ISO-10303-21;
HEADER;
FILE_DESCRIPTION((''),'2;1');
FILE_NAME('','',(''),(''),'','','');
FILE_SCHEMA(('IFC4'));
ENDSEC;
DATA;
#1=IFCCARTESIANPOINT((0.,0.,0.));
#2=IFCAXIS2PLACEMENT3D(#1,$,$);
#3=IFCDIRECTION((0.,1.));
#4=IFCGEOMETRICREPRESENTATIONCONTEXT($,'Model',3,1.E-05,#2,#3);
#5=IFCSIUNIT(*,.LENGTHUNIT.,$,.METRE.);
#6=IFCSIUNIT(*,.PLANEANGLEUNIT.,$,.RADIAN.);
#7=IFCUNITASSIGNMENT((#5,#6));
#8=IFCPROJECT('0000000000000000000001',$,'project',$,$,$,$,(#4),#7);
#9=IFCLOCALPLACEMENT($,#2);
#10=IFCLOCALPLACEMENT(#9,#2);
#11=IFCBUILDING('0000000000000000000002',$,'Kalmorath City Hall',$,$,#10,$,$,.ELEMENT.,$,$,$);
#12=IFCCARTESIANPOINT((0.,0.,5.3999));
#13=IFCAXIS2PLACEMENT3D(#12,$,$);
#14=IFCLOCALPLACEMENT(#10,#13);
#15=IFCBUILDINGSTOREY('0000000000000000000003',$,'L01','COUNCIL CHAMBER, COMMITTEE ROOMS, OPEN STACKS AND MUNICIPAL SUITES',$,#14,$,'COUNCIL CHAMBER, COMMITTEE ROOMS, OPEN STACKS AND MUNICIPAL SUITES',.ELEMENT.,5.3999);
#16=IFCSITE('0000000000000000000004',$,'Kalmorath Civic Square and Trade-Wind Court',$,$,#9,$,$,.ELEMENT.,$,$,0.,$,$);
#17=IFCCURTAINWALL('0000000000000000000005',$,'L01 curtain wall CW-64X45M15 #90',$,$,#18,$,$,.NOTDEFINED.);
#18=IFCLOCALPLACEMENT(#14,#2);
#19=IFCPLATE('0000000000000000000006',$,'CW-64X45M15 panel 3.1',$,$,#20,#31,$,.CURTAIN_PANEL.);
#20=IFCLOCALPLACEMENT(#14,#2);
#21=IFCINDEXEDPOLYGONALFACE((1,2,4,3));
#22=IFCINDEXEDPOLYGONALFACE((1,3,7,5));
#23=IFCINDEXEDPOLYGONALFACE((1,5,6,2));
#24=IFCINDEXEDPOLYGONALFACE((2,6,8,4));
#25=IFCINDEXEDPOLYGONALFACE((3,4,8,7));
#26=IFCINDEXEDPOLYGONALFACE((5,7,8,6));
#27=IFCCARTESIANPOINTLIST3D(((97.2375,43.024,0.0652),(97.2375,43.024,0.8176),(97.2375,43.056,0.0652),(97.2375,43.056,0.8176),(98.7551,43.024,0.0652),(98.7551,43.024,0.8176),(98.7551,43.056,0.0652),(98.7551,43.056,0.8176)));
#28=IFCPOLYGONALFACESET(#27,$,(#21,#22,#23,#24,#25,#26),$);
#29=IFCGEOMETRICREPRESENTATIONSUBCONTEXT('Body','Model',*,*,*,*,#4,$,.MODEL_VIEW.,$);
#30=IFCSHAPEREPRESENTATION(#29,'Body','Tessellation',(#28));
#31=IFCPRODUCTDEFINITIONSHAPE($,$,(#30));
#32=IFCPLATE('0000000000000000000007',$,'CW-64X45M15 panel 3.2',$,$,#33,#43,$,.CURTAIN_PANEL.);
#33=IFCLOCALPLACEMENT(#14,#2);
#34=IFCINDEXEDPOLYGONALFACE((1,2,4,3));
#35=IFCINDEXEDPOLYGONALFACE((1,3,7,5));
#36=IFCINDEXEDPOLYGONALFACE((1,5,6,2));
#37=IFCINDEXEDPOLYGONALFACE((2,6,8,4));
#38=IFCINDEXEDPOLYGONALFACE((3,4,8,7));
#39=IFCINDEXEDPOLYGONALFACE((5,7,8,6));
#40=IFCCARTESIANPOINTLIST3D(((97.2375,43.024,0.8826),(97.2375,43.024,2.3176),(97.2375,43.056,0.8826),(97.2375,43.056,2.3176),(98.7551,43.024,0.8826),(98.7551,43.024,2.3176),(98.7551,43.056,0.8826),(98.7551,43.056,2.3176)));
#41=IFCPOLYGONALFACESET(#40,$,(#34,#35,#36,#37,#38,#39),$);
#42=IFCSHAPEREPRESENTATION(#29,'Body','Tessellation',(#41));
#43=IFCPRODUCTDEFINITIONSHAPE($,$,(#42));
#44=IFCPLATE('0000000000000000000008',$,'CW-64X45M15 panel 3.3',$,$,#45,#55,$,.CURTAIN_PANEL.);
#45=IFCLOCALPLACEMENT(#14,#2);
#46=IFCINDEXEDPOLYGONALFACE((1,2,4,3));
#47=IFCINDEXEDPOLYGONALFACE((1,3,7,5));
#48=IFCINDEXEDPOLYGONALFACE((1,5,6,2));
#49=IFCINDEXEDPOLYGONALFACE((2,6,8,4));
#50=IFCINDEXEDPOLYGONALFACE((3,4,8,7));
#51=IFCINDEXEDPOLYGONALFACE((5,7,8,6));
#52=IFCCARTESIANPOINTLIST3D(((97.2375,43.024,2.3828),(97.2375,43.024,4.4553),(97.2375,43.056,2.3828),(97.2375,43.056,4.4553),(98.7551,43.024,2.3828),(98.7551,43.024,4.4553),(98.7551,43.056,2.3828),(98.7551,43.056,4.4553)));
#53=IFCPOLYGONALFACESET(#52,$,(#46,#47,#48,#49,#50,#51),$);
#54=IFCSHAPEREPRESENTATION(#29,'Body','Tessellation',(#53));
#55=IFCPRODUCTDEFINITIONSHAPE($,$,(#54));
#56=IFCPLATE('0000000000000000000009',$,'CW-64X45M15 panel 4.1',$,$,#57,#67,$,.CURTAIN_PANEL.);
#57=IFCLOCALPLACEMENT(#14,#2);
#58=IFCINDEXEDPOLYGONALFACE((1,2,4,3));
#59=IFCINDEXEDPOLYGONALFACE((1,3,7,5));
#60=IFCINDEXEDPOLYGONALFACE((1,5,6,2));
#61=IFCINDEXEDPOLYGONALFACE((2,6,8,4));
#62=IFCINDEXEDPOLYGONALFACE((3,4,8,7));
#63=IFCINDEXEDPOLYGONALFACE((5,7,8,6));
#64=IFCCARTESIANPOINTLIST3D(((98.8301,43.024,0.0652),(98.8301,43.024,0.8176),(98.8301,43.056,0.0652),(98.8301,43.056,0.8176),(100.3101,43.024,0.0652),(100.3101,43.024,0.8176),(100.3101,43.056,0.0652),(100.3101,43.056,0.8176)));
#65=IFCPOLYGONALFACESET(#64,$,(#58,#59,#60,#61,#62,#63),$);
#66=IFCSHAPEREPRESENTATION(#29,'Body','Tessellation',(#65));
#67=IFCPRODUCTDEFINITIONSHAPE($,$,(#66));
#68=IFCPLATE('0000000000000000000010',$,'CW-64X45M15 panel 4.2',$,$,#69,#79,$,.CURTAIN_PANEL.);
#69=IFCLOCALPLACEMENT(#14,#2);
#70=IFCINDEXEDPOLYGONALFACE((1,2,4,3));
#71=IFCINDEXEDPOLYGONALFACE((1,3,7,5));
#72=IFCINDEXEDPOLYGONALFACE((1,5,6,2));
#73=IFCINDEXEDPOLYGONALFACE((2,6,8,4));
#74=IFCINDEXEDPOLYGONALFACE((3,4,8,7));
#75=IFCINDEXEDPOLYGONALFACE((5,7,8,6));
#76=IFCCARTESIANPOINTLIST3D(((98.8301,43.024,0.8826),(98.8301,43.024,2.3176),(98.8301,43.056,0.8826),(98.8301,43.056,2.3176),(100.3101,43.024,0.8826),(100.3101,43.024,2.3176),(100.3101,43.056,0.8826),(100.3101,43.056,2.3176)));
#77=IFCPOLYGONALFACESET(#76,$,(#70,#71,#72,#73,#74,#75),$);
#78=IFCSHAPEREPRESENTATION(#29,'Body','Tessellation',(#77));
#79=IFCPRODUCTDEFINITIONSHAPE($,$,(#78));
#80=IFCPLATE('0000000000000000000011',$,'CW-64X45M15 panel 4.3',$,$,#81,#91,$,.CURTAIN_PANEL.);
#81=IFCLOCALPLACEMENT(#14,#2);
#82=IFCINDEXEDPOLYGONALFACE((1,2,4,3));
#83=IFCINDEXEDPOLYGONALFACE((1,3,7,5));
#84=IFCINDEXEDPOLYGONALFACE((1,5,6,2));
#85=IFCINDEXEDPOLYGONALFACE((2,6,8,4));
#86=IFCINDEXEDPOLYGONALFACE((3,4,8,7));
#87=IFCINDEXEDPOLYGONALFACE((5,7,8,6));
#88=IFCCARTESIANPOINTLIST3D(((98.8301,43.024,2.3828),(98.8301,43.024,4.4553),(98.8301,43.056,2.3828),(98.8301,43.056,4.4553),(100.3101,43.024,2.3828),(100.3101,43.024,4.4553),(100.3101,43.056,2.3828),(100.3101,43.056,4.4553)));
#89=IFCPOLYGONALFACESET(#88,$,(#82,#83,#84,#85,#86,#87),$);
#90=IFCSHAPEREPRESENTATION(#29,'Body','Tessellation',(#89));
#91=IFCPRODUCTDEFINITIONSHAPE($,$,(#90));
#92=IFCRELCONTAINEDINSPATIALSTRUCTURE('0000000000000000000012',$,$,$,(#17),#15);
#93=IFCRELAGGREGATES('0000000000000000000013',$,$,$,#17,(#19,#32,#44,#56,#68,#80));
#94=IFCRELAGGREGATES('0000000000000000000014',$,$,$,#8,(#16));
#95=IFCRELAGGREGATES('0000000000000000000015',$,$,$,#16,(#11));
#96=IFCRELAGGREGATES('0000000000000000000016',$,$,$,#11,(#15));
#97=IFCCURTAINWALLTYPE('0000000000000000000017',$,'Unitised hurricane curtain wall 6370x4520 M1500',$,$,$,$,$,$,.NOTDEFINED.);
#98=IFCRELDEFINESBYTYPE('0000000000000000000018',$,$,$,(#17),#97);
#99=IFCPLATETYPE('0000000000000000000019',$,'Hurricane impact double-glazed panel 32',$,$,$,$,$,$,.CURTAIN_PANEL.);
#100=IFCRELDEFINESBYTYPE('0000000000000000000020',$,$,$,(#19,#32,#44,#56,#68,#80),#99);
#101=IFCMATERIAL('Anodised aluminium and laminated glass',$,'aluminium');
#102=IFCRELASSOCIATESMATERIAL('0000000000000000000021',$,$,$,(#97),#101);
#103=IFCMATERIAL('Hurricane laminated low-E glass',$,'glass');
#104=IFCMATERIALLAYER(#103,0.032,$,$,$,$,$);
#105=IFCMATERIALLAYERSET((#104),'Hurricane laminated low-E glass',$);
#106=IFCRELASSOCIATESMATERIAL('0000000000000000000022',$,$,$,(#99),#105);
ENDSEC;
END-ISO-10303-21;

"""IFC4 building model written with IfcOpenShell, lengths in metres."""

from ifc_helpers import new_model, si_unit, direction, frame, origin, origin_2d, place, context, subcontext, project, spatial, rectangle, extrude, material, layer, layer_set, type_object, element, aggregate, save


model = new_model("IFC4")

# Units and contexts
model_context = context("Model", 3, precision=1e-05, world=origin(), true_north=direction((0.0, 1.0)))
body_context = subcontext(model_context, "Body", "Model", "MODEL_VIEW")
ifc_project = project(units=[si_unit("LENGTHUNIT", "METRE"), si_unit("PLANEANGLEUNIT", "RADIAN")], contexts=[model_context])

# Site, building, storey
site_placement = place(None, origin())
site = spatial("IfcSite", under=ifc_project, at=site_placement, Name="Kalmorath Civic Square and Trade-Wind Court", CompositionType="ELEMENT", RefElevation=0.0)
building_placement = place(site_placement, origin())
building = spatial("IfcBuilding", under=site, at=building_placement, Name="Kalmorath City Hall", CompositionType="ELEMENT")
storey_placement = place(building_placement, frame((0.0, 0.0, 5.3999)))
storey = spatial("IfcBuildingStorey", under=building, at=storey_placement, Name="L01", Description="COUNCIL CHAMBER, COMMITTEE ROOMS, OPEN STACKS AND MUNICIPAL SUITES", LongName="COUNCIL CHAMBER, COMMITTEE ROOMS, OPEN STACKS AND MUNICIPAL SUITES", CompositionType="ELEMENT", Elevation=5.3999)

# Curtain wall
ifc_material_1 = material(Name="Anodised aluminium and laminated glass", Category="aluminium")
curtain_wall_type_1 = type_object("IfcCurtainWallType", Name="Unitised hurricane curtain wall 6370x4520 M1500", PredefinedType="NOTDEFINED", material=ifc_material_1)
curtain_wall_1_placement = place(storey_placement, origin())
curtain_wall_1 = element("IfcCurtainWall", 1, at=curtain_wall_1_placement, inside=storey, type_object=curtain_wall_type_1, Name="L01 curtain wall CW-64X45M15 #90", PredefinedType="NOTDEFINED")

# Plates
ifc_material_2 = material(Name="Hurricane laminated low-E glass", Category="glass")
ifc_layer = layer(ifc_material_2, 0.032)
ifc_layer_set = layer_set([ifc_layer], Name="Hurricane laminated low-E glass")
plate_type = type_object("IfcPlateType", Name="Hurricane impact double-glazed panel 32", PredefinedType="CURTAIN_PANEL", material=ifc_layer_set)
plate_1_placement = place(storey_placement, frame((97.9963, 43.04, 0.0652), z_axis=(0.0, 0.0, 1.0), x_axis=(1.0, 0.0, 0.0)))
plate_1 = element("IfcPlate", 2, at=plate_1_placement, type_object=plate_type, Name="CW-64X45M15 panel 3.1", PredefinedType="CURTAIN_PANEL", context=body_context, shape_type="SweptSolid", body=[
    extrude(rectangle(XDim=1.5176, YDim=0.032, at=origin_2d()), origin(), (0.0, 0.0, 1.0), 0.7524),
])
plate_2_placement = place(storey_placement, frame((97.9963, 43.04, 0.8826), z_axis=(0.0, 0.0, 1.0), x_axis=(1.0, 0.0, 0.0)))
plate_2 = element("IfcPlate", 3, at=plate_2_placement, type_object=plate_type, Name="CW-64X45M15 panel 3.2", PredefinedType="CURTAIN_PANEL", context=body_context, shape_type="SweptSolid", body=[
    extrude(rectangle(XDim=1.5176, YDim=0.032, at=origin_2d()), origin(), (0.0, 0.0, 1.0), 1.4351),
])
plate_3_placement = place(storey_placement, frame((97.9963, 43.04, 2.3828), z_axis=(0.0, 0.0, 1.0), x_axis=(1.0, 0.0, 0.0)))
plate_3 = element("IfcPlate", 4, at=plate_3_placement, type_object=plate_type, Name="CW-64X45M15 panel 3.3", PredefinedType="CURTAIN_PANEL", context=body_context, shape_type="SweptSolid", body=[
    extrude(rectangle(XDim=1.5176, YDim=0.032, at=origin_2d()), origin(), (0.0, 0.0, 1.0), 2.0725),
])
plate_4_placement = place(storey_placement, frame((99.5701, 43.04, 0.0652), z_axis=(0.0, 0.0, 1.0), x_axis=(1.0, 0.0, 0.0)))
plate_4 = element("IfcPlate", 5, at=plate_4_placement, type_object=plate_type, Name="CW-64X45M15 panel 4.1", PredefinedType="CURTAIN_PANEL", context=body_context, shape_type="SweptSolid", body=[
    extrude(rectangle(XDim=1.48, YDim=0.032, at=origin_2d()), origin(), (0.0, 0.0, 1.0), 0.7524),
])
plate_5_placement = place(storey_placement, frame((99.5701, 43.04, 0.8826), z_axis=(0.0, 0.0, 1.0), x_axis=(1.0, 0.0, 0.0)))
plate_5 = element("IfcPlate", 6, at=plate_5_placement, type_object=plate_type, Name="CW-64X45M15 panel 4.2", PredefinedType="CURTAIN_PANEL", context=body_context, shape_type="SweptSolid", body=[
    extrude(rectangle(XDim=1.48, YDim=0.032, at=origin_2d()), origin(), (0.0, 0.0, 1.0), 1.4351),
])
plate_6_placement = place(storey_placement, frame((99.5701, 43.04, 2.3828), z_axis=(0.0, 0.0, 1.0), x_axis=(1.0, 0.0, 0.0)))
plate_6 = element("IfcPlate", 7, at=plate_6_placement, type_object=plate_type, Name="CW-64X45M15 panel 4.3", PredefinedType="CURTAIN_PANEL", context=body_context, shape_type="SweptSolid", body=[
    extrude(rectangle(XDim=1.48, YDim=0.032, at=origin_2d()), origin(), (0.0, 0.0, 1.0), 2.0725),
])
aggregate(curtain_wall_1, [plate_1, plate_2, plate_3, plate_4, plate_5, plate_6])

save(model, "model.ifc")
